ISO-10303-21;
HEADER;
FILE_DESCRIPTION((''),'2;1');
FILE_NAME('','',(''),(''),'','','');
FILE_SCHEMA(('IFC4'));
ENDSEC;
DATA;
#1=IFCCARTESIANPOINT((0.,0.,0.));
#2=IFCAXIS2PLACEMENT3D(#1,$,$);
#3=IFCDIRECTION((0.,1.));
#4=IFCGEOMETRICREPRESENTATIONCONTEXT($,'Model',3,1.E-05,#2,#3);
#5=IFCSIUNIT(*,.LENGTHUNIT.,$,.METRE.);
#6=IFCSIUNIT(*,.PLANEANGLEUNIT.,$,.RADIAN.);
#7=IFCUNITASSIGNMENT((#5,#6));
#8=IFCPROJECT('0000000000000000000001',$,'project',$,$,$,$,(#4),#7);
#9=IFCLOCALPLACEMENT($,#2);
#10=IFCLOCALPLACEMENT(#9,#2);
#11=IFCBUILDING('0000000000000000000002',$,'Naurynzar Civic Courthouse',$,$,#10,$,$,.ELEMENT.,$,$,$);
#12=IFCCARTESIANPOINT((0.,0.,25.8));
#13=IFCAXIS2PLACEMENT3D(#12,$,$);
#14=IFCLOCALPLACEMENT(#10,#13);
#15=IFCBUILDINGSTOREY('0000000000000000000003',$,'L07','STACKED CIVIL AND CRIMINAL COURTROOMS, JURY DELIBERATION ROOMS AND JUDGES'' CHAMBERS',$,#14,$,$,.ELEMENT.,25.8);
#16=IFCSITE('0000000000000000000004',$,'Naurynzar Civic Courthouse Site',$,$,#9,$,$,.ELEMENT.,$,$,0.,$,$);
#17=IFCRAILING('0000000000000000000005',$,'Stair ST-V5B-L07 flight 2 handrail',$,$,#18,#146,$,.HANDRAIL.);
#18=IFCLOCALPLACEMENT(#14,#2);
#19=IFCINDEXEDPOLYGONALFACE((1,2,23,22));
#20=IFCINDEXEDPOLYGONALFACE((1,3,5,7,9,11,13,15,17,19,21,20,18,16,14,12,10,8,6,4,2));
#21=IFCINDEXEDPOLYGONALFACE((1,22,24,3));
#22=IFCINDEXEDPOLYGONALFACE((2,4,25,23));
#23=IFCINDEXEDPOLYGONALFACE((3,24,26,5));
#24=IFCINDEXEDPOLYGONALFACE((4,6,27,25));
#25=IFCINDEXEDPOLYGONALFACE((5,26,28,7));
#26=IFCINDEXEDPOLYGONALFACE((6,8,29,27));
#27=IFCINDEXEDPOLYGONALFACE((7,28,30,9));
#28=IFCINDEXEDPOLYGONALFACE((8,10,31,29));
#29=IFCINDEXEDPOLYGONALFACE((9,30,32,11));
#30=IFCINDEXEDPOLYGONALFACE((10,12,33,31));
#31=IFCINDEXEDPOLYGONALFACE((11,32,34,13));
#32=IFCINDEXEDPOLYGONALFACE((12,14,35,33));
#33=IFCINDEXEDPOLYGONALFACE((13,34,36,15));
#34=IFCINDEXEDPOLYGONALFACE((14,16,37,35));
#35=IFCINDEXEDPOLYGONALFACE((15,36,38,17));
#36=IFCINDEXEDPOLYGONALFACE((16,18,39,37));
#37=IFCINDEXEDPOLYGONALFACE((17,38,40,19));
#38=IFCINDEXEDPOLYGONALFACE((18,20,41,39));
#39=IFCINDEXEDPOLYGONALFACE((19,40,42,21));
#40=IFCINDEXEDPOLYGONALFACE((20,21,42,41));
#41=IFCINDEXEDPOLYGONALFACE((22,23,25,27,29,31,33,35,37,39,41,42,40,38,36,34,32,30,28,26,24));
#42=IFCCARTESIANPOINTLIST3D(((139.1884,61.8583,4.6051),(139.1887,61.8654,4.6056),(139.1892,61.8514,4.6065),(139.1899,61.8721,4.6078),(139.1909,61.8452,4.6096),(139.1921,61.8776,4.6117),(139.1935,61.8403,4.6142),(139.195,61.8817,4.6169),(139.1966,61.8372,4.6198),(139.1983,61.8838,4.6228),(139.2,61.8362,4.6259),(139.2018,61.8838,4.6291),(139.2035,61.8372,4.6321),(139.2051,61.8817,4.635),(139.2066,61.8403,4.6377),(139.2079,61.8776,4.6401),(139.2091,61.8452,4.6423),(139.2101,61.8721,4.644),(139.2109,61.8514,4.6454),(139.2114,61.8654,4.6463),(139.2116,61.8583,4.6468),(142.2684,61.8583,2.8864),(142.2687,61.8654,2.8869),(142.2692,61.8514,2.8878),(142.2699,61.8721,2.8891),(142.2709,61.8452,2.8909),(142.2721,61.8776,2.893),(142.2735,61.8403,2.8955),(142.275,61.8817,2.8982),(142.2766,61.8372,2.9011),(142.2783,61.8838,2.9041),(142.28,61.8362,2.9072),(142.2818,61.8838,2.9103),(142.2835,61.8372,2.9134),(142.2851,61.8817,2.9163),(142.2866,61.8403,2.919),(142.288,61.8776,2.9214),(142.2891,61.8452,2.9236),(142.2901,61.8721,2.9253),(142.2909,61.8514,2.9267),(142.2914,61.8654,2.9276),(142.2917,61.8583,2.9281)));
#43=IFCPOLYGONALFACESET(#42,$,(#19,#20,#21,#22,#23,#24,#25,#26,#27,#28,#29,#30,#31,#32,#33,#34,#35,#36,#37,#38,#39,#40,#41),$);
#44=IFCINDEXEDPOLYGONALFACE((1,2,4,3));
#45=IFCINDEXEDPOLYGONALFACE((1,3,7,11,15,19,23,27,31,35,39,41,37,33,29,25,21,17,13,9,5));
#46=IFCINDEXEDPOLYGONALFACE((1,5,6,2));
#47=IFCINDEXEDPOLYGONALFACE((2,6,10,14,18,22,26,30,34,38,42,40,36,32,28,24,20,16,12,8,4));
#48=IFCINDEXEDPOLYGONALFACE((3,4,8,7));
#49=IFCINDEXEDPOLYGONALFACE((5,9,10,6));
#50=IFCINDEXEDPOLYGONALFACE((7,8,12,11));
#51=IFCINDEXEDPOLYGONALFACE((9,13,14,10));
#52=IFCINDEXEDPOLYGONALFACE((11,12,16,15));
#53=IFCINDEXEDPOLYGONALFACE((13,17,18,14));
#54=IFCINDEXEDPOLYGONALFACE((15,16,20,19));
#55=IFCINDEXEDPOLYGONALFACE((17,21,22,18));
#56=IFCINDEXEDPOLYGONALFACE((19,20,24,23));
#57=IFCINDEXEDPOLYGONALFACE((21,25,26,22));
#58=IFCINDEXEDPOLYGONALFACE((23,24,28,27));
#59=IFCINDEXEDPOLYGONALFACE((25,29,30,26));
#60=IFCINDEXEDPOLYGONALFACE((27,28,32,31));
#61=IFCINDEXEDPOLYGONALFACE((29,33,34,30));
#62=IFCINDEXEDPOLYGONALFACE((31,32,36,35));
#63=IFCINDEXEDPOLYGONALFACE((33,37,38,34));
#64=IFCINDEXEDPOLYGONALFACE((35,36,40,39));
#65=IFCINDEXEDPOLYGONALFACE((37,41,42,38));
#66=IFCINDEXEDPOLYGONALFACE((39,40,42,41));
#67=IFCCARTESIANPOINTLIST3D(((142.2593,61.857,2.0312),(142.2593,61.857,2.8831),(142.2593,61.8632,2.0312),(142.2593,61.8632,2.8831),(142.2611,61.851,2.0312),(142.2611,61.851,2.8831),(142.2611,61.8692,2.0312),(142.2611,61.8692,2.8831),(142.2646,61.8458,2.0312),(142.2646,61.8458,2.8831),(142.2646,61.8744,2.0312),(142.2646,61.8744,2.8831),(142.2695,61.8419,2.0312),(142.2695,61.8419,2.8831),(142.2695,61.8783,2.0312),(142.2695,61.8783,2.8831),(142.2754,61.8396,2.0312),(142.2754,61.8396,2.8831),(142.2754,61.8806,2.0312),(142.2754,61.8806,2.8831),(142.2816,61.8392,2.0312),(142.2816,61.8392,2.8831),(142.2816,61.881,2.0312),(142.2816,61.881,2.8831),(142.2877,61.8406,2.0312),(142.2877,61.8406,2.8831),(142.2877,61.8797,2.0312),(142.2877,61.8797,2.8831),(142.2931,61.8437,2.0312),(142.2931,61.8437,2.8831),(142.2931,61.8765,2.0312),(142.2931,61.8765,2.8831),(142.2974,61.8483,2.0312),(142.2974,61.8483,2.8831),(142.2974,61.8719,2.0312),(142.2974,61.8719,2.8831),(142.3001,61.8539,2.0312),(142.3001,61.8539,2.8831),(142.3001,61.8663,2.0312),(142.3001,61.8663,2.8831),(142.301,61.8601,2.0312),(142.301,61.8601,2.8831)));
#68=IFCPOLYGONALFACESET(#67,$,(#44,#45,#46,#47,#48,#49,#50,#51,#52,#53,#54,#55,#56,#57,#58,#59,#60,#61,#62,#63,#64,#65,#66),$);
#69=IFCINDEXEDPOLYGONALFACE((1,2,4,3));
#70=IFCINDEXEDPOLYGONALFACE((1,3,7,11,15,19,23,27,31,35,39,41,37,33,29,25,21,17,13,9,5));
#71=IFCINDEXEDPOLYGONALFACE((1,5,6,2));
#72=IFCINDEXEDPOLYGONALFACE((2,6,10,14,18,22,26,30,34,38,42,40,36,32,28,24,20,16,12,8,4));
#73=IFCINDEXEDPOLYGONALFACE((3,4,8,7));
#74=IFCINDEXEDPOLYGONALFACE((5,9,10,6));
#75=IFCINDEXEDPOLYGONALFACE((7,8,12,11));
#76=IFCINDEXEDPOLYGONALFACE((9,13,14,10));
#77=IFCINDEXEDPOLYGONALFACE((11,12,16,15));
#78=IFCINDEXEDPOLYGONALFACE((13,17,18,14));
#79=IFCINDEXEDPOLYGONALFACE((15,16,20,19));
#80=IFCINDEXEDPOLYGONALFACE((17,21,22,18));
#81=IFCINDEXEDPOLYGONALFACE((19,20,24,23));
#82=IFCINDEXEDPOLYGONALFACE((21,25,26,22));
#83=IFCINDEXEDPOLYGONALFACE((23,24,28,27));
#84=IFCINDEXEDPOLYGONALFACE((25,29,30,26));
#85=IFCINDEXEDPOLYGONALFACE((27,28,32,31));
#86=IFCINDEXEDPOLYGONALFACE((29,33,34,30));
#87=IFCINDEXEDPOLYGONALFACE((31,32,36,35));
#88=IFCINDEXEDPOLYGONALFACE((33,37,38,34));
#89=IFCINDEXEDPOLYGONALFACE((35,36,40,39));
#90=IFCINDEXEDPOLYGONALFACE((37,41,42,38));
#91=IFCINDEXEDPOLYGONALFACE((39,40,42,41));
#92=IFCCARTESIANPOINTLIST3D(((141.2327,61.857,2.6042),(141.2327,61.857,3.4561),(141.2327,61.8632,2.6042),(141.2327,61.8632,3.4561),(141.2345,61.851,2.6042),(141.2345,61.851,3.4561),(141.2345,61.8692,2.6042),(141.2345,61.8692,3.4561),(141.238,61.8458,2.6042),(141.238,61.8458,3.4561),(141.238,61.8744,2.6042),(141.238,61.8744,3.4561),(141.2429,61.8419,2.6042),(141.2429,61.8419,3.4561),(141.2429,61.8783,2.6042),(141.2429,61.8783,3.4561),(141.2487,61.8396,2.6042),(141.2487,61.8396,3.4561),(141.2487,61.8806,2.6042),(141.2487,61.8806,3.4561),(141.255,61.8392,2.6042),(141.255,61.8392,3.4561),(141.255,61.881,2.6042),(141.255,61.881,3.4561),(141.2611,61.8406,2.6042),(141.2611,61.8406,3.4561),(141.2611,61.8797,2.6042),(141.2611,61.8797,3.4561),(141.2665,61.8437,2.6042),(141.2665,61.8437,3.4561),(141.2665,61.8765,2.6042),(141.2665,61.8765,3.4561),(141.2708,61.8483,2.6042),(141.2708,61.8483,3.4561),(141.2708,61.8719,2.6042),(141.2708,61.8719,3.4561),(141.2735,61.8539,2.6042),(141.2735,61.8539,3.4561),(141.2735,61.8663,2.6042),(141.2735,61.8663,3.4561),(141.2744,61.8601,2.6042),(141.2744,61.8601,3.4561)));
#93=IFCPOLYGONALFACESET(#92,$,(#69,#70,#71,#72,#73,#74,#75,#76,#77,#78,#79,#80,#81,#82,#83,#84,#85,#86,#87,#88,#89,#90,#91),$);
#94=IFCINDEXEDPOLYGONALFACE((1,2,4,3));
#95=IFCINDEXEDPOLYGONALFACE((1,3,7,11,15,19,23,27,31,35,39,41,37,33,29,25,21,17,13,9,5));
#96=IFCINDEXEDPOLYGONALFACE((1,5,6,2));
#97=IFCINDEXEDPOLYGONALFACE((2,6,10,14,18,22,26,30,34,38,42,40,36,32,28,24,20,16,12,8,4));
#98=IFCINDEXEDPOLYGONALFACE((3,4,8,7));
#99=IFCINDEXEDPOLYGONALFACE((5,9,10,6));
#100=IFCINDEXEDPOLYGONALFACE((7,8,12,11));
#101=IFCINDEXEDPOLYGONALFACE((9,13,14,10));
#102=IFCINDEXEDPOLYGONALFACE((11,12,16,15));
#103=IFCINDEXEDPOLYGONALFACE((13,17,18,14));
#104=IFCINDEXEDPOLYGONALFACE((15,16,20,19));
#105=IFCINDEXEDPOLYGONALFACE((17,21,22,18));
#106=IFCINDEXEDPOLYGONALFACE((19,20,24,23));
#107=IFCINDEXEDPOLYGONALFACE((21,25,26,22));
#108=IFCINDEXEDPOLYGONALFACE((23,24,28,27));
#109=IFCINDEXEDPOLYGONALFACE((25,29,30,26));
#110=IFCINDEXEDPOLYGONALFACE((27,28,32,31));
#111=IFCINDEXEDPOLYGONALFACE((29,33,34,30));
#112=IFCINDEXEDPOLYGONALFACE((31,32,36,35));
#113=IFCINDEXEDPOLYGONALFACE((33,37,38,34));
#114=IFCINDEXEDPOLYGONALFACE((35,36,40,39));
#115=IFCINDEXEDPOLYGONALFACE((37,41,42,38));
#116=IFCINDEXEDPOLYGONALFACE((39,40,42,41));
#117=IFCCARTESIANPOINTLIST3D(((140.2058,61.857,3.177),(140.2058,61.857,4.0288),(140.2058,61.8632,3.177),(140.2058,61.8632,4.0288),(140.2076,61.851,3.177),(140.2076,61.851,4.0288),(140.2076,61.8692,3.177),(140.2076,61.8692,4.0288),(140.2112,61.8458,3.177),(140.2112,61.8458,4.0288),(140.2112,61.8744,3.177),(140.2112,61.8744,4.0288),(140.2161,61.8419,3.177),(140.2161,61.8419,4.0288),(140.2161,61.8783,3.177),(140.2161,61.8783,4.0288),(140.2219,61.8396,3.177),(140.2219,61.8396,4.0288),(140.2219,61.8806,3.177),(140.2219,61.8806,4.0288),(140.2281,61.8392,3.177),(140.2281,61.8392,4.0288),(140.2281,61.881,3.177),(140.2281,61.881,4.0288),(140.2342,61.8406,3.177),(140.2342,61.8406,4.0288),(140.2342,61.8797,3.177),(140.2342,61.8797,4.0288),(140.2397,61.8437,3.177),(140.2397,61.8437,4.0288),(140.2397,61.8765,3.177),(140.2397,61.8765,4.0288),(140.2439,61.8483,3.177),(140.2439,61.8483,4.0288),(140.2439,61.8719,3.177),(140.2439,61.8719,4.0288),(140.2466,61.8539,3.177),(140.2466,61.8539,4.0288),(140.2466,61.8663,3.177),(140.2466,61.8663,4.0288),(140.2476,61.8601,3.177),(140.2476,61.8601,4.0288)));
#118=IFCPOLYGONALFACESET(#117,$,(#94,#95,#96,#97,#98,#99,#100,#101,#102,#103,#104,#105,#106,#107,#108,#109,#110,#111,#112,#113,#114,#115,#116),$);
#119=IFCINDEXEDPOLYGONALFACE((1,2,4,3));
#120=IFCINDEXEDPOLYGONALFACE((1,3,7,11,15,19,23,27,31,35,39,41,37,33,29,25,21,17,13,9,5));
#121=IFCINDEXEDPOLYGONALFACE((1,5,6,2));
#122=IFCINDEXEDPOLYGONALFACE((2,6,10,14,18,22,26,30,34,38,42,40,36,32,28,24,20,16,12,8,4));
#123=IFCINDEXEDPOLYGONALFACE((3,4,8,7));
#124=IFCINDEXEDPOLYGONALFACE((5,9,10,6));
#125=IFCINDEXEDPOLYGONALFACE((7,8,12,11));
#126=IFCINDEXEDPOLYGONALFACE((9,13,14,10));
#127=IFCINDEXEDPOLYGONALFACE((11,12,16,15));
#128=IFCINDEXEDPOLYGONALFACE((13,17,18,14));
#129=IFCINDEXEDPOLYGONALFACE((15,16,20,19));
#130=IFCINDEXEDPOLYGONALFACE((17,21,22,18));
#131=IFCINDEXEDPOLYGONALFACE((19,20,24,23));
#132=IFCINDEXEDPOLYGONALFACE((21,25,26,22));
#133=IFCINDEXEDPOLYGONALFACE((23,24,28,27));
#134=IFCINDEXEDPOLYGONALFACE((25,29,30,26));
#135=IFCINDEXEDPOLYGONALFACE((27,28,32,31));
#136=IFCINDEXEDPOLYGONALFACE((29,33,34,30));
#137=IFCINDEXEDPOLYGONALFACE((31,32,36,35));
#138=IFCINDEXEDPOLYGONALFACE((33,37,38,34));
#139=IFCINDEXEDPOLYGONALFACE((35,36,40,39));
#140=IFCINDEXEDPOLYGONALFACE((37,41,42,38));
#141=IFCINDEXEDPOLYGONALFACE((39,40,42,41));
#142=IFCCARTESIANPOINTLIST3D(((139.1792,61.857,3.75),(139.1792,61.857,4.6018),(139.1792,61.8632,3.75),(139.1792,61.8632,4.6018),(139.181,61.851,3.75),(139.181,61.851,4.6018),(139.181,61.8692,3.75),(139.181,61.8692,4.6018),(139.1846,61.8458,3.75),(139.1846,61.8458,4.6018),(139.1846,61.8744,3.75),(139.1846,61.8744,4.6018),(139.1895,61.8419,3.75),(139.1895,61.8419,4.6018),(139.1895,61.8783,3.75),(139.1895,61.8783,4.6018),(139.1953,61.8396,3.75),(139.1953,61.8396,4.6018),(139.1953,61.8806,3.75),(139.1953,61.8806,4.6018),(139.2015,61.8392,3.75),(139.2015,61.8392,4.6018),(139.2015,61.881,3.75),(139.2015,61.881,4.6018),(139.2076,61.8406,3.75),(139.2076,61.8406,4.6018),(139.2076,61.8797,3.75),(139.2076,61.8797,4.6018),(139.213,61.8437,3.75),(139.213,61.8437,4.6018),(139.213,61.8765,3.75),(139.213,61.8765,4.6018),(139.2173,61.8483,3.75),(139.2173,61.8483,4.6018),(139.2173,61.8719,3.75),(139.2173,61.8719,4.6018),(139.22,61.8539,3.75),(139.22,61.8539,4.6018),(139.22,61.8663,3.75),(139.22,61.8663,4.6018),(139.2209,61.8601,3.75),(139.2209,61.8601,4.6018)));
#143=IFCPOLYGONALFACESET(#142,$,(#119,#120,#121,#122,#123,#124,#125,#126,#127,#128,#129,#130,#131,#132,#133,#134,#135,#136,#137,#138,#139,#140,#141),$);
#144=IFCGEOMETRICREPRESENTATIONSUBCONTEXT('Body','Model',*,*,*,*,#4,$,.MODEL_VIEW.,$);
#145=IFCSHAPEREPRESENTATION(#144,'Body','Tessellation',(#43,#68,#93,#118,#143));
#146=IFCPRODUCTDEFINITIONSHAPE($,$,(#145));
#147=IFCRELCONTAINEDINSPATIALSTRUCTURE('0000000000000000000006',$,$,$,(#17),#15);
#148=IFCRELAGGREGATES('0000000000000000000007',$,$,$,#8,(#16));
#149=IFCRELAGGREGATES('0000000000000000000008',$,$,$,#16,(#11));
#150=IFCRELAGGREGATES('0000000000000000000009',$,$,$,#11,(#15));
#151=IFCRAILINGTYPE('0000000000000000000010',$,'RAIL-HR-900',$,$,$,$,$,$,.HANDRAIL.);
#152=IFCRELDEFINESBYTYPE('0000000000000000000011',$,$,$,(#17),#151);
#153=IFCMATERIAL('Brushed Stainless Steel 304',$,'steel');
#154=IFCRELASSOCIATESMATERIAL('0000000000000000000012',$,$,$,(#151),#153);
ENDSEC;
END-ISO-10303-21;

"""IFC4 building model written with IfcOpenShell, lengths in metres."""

from ifc_helpers import new_model, si_unit, direction, frame, origin, origin_2d, place, context, subcontext, project, spatial, circle, extrude, material, type_object, element, save


model = new_model("IFC4")

# Units and contexts
model_context = context("Model", 3, precision=1e-05, world=origin(), true_north=direction((0.0, 1.0)))
body_context = subcontext(model_context, "Body", "Model", "MODEL_VIEW")
ifc_project = project(units=[si_unit("LENGTHUNIT", "METRE"), si_unit("PLANEANGLEUNIT", "RADIAN")], contexts=[model_context])

# Site, building, storey
site_placement = place(None, origin())
site = spatial("IfcSite", under=ifc_project, at=site_placement, Name="Naurynzar Civic Courthouse Site", CompositionType="ELEMENT", RefElevation=0.0)
building_placement = place(site_placement, origin())
building = spatial("IfcBuilding", under=site, at=building_placement, Name="Naurynzar Civic Courthouse", CompositionType="ELEMENT")
storey_placement = place(building_placement, frame((0.0, 0.0, 25.8)))
storey = spatial("IfcBuildingStorey", under=building, at=storey_placement, Name="L07", Description="STACKED CIVIL AND CRIMINAL COURTROOMS, JURY DELIBERATION ROOMS AND JUDGES' CHAMBERS", CompositionType="ELEMENT", Elevation=25.8)

# Railing
ifc_material_1 = material(Name="Brushed Stainless Steel 304", Category="steel")
railing_type_1 = type_object("IfcRailingType", Name="RAIL-HR-900", PredefinedType="HANDRAIL", material=ifc_material_1)
railing_placement = place(storey_placement, frame((142.28, 61.8601, 2.0312)))
element("IfcRailing", 1, at=railing_placement, inside=storey, type_object=railing_type_1, Name="Stair ST-V5B-L07 flight 2 handrail", PredefinedType="HANDRAIL", context=body_context, shape_type="SweptSolid", body=[
    extrude(circle(Radius=0.0239, at=origin_2d()), frame((0.0, 0.0, 0.876), z_axis=(-0.873242, 0.0, 0.487288), x_axis=(0.0, -1.0, 0.0)), (0.0, 0.0, 1.0), 3.5271),
    extrude(circle(Radius=0.021, at=origin_2d()), origin(), (0.0, 0.0, 1.0), 0.8518),
    extrude(circle(Radius=0.021, at=origin_2d()), frame((-1.0266, 0.0, 0.573)), (0.0, 0.0, 1.0), 0.8518),
    extrude(circle(Radius=0.021, at=origin_2d()), frame((-2.0535, 0.0, 1.1458)), (0.0, 0.0, 1.0), 0.8518),
    extrude(circle(Radius=0.021, at=origin_2d()), frame((-3.0801, 0.0, 1.7188)), (0.0, 0.0, 1.0), 0.8518),
])

save(model, "model.ifc")
